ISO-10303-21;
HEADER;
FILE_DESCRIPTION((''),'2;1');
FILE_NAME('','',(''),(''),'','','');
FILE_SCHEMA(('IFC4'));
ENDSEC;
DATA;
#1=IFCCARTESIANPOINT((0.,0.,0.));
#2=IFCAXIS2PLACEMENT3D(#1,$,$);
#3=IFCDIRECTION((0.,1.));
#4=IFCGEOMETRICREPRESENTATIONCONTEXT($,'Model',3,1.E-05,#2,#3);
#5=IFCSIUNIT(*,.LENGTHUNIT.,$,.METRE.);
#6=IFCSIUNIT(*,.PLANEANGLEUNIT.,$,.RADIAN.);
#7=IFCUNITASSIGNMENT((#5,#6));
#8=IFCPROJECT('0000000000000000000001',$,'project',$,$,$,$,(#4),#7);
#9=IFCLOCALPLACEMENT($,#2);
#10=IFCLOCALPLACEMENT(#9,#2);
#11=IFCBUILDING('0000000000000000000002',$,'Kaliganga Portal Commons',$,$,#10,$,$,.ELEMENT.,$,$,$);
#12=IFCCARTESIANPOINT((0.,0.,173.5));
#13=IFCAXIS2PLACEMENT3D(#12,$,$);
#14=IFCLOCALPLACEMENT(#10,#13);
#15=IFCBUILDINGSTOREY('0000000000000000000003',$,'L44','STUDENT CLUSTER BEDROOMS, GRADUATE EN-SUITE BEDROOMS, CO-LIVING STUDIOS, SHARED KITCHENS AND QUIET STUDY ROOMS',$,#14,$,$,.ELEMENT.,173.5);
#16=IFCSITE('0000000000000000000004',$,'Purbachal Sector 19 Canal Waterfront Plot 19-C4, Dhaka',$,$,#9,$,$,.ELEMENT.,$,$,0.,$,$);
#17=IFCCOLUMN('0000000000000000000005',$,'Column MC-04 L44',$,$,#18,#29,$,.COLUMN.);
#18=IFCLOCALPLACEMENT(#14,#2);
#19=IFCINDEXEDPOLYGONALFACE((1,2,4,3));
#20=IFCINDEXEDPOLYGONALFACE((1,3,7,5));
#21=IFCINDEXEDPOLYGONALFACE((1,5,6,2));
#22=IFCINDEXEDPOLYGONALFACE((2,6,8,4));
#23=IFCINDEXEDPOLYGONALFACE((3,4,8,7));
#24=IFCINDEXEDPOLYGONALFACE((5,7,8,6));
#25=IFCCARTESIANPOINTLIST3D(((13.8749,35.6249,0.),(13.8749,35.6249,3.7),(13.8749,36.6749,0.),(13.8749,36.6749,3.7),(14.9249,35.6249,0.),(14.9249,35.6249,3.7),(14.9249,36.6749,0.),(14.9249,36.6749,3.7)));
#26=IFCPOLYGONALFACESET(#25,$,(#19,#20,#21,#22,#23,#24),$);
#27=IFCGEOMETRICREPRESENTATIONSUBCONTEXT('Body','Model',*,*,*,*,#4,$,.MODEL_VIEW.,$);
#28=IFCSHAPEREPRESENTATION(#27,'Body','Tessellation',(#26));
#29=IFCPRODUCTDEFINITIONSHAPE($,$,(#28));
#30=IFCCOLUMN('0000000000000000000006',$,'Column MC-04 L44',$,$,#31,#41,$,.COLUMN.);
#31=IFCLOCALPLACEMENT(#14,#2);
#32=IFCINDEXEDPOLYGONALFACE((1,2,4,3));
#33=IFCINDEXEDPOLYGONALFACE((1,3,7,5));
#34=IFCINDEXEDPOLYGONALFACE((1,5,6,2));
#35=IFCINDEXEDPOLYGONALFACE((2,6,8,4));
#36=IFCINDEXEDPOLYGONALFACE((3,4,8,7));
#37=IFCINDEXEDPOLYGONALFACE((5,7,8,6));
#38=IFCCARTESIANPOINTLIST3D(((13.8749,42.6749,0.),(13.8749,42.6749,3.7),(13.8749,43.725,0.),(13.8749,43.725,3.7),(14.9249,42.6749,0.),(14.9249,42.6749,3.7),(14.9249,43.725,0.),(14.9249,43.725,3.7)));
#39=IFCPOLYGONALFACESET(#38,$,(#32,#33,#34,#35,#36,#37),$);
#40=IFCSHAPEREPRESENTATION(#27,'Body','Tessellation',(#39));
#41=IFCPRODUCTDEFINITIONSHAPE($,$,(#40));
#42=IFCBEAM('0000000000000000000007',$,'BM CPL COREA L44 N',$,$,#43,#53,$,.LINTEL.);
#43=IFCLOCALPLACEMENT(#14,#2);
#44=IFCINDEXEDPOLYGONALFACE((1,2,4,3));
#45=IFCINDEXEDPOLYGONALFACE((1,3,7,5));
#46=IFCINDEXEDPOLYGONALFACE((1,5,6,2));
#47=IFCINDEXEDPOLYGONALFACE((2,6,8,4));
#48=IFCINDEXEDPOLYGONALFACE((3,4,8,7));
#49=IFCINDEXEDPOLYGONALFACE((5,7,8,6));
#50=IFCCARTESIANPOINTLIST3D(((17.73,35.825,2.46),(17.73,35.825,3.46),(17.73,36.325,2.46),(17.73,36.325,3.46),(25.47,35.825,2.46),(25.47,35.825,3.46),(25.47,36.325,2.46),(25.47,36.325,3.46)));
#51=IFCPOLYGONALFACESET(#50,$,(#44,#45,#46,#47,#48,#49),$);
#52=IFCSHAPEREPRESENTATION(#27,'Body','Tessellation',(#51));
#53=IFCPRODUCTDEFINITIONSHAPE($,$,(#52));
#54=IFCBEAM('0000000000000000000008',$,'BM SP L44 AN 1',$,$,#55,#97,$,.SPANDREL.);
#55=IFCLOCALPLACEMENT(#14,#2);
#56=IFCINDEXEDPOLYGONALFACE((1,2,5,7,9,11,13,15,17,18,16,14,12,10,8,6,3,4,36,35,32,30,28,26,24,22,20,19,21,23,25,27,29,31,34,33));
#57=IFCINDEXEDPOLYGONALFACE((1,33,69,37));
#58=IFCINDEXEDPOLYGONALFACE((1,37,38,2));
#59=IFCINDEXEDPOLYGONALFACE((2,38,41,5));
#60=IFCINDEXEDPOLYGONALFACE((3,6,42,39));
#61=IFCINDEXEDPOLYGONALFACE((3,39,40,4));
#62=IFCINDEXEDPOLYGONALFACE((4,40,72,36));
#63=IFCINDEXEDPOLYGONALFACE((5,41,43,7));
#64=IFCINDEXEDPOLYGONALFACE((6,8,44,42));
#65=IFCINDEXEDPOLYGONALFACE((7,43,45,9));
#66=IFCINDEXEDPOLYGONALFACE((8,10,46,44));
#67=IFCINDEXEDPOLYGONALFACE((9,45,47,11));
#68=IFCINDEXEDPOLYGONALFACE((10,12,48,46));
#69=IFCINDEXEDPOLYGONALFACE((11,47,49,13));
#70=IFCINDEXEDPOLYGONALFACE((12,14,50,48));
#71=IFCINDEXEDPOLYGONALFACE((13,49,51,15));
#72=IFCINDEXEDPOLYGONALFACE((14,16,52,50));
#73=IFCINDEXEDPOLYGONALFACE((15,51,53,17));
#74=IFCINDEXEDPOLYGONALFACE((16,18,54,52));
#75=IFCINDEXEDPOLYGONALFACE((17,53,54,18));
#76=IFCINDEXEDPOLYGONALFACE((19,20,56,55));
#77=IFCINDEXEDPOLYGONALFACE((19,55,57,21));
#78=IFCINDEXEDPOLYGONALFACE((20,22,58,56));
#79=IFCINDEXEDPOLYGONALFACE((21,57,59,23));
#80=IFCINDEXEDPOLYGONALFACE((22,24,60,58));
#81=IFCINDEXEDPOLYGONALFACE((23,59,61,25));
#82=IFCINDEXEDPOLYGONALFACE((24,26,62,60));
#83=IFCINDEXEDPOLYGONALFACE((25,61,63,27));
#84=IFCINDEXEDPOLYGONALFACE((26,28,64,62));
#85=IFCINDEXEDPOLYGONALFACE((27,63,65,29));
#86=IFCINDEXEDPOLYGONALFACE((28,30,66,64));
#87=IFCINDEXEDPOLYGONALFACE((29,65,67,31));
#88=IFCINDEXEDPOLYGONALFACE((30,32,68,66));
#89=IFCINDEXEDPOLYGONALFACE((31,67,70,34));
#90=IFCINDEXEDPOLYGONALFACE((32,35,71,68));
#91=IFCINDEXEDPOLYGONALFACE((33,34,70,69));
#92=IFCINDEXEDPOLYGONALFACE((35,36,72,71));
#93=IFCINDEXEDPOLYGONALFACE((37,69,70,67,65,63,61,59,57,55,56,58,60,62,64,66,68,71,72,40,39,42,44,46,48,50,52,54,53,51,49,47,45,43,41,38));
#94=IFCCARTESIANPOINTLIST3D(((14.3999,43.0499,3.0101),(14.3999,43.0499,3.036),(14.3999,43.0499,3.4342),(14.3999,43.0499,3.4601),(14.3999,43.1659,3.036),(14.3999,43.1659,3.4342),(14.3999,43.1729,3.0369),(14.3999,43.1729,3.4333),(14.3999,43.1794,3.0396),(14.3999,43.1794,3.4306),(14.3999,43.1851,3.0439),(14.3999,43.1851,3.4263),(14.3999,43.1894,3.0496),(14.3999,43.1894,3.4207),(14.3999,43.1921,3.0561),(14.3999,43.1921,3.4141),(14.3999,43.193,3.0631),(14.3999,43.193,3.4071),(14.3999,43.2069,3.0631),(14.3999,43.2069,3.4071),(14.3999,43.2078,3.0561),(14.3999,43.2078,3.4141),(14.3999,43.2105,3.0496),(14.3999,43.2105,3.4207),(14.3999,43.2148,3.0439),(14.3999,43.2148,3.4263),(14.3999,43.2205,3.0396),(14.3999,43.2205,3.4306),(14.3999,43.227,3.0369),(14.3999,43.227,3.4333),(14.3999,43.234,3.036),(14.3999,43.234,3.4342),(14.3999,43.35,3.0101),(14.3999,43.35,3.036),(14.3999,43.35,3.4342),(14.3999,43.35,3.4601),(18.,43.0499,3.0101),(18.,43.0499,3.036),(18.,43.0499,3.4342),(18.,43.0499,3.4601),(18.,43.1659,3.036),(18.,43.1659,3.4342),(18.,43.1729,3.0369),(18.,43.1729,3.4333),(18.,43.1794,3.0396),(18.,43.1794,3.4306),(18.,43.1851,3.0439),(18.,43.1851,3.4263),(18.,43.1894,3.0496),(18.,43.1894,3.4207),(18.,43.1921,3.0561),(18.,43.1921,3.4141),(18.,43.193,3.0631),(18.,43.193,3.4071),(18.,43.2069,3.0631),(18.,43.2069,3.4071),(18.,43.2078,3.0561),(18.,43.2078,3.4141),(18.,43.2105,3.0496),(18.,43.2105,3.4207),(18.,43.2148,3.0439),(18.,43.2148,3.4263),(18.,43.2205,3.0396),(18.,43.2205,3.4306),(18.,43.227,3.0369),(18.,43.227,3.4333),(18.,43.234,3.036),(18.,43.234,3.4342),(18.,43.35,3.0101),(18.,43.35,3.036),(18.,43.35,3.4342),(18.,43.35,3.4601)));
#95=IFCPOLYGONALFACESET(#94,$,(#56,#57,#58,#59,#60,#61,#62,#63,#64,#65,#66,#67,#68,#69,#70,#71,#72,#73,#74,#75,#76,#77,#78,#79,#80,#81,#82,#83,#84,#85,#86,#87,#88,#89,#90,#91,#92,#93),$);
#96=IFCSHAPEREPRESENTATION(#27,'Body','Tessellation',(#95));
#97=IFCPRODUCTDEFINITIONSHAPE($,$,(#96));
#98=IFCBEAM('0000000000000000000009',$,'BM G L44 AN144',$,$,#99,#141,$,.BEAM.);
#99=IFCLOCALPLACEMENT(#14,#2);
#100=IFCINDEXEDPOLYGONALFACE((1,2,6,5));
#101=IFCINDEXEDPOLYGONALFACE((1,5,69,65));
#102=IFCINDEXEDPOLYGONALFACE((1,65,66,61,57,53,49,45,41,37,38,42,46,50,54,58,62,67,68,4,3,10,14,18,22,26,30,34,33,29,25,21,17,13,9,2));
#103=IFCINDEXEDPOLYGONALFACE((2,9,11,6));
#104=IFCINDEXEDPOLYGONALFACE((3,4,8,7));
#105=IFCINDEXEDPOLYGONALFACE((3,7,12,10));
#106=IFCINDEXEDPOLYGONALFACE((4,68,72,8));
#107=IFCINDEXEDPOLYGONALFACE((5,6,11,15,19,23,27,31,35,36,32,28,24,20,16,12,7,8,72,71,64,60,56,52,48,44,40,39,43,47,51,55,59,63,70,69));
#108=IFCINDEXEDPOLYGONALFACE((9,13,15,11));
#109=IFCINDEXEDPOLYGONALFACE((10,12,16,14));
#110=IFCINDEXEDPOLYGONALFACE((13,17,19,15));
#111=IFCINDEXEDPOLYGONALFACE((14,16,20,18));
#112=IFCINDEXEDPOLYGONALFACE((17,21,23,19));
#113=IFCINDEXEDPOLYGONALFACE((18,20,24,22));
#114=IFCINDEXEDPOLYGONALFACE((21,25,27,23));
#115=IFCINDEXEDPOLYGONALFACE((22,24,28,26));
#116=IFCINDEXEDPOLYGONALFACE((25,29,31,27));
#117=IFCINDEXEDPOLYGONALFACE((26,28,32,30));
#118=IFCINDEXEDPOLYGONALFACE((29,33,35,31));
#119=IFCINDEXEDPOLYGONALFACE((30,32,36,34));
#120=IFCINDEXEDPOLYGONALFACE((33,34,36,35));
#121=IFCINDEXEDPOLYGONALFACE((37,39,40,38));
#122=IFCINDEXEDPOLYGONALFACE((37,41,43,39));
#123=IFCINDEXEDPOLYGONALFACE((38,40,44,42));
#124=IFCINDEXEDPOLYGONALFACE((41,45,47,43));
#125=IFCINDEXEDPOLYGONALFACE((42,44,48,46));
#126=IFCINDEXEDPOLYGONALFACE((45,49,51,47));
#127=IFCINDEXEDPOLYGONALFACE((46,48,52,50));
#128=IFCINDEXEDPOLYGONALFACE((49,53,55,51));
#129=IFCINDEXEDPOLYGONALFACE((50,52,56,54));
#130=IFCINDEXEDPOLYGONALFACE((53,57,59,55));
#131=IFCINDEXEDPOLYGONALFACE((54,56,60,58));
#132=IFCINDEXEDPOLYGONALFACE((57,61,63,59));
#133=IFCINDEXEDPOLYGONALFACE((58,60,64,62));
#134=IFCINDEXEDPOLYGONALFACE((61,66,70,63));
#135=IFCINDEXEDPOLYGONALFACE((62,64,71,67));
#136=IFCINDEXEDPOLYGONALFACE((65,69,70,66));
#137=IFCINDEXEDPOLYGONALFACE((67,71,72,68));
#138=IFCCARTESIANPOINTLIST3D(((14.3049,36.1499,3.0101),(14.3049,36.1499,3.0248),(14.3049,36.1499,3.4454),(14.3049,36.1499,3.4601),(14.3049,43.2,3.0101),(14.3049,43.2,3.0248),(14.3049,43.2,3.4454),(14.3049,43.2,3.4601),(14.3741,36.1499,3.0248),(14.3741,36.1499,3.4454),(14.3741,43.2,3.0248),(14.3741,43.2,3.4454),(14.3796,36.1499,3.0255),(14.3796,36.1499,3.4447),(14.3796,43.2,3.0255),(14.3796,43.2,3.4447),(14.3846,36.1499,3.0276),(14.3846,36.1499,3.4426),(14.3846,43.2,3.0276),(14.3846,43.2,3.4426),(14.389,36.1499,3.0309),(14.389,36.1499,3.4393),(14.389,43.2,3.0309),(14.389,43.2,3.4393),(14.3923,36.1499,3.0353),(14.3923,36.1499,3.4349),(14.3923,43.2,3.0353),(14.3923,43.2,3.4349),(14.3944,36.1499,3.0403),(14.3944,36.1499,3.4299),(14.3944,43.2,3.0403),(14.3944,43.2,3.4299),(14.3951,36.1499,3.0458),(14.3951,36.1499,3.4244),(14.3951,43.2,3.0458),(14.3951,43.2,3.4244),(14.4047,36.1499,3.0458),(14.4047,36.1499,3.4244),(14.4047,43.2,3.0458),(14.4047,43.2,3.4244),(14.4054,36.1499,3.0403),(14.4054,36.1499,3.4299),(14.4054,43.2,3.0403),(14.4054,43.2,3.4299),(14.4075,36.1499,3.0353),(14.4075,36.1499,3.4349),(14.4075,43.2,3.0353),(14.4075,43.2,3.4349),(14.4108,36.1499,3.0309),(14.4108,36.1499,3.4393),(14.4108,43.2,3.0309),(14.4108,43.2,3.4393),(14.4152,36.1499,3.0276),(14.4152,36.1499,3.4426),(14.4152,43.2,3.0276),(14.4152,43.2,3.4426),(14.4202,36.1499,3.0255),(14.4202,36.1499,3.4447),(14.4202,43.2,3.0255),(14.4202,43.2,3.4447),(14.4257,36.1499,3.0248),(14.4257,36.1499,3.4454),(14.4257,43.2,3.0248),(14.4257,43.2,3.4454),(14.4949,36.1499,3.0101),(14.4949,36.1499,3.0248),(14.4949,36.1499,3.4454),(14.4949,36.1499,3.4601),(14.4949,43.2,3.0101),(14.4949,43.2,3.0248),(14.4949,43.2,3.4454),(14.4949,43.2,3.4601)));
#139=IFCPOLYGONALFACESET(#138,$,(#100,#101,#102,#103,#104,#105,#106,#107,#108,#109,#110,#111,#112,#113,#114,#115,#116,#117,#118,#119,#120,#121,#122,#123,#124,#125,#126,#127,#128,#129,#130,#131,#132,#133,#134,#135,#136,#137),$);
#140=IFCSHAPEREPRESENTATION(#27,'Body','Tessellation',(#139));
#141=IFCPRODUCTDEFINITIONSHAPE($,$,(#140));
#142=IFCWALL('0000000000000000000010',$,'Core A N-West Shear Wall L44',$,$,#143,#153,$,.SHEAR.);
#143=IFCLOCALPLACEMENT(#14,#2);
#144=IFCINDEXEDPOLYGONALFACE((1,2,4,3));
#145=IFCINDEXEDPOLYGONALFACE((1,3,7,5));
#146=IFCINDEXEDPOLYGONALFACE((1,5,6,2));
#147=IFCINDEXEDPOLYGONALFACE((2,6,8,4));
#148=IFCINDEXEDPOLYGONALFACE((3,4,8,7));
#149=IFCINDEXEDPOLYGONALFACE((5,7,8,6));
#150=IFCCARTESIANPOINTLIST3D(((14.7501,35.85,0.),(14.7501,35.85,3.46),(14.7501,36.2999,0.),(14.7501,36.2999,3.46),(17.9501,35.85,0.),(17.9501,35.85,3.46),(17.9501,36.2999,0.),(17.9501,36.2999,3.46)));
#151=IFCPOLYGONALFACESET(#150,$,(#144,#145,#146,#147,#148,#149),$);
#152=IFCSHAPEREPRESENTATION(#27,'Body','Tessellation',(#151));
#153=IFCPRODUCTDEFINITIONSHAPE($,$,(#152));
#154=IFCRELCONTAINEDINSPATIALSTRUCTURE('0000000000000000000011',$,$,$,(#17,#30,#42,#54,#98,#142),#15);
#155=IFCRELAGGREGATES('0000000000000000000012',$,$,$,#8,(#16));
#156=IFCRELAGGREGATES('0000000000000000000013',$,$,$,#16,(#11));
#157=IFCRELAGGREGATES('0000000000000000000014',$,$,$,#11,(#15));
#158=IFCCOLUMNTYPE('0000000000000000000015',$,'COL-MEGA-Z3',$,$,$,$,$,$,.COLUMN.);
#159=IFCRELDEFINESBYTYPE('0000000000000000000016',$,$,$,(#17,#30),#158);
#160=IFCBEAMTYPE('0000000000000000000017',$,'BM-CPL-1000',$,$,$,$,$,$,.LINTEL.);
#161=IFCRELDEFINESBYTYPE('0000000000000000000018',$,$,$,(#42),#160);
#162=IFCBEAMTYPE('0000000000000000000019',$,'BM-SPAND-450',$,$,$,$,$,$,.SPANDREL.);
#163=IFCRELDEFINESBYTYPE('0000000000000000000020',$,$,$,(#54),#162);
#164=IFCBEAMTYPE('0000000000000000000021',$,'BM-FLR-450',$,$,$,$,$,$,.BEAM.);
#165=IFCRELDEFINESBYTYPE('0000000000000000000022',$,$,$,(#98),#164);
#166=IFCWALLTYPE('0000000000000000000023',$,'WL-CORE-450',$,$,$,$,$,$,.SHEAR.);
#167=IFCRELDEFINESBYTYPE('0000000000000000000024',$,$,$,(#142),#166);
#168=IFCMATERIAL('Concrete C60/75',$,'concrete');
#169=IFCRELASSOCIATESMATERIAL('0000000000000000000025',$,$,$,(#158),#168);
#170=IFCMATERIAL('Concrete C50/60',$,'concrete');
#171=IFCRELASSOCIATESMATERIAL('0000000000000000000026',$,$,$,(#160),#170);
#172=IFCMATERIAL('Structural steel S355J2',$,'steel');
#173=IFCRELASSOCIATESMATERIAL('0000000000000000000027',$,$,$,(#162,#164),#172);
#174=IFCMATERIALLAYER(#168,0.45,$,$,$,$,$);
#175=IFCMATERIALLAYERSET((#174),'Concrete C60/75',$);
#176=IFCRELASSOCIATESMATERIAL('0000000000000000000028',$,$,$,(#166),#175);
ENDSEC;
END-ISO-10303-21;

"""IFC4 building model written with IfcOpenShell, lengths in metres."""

from ifc_helpers import new_model, si_unit, direction, frame, frame_2d, origin, origin_2d, place, context, subcontext, project, spatial, rectangle, i_section, extrude, source, transform, mapped, material, layer, layer_set, material_profile, profile_set, type_object, element, save


model = new_model("IFC4")

# Units and contexts
model_context = context("Model", 3, precision=1e-05, world=origin(), true_north=direction((0.0, 1.0)))
body_context = subcontext(model_context, "Body", "Model", "MODEL_VIEW")
ifc_project = project(units=[si_unit("LENGTHUNIT", "METRE"), si_unit("PLANEANGLEUNIT", "RADIAN")], contexts=[model_context])

# Site, building, storey
site_placement = place(None, origin())
site = spatial("IfcSite", under=ifc_project, at=site_placement, Name="Purbachal Sector 19 Canal Waterfront Plot 19-C4, Dhaka", CompositionType="ELEMENT", RefElevation=0.0)
building_placement = place(site_placement, origin())
building = spatial("IfcBuilding", under=site, at=building_placement, Name="Kaliganga Portal Commons", CompositionType="ELEMENT")
storey_placement = place(building_placement, frame((0.0, 0.0, 173.5)))
storey = spatial("IfcBuildingStorey", under=building, at=storey_placement, Name="L44", Description="STUDENT CLUSTER BEDROOMS, GRADUATE EN-SUITE BEDROOMS, CO-LIVING STUDIOS, SHARED KITCHENS AND QUIET STUDY ROOMS", CompositionType="ELEMENT", Elevation=173.5)

# Columns
ifc_material_1 = material(Name="Concrete C60/75", Category="concrete")
ifc_material_profile_1 = material_profile(ifc_material_1, rectangle(XDim=1.05, YDim=1.05, at=origin_2d()), Name="RC 1050x1050")
ifc_profile_set_1 = profile_set([ifc_material_profile_1], Name="Concrete C60/75")
column_type = type_object("IfcColumnType", Name="COL-MEGA-Z3", PredefinedType="COLUMN", material=ifc_profile_set_1)
shared_shape_1 = source(origin(), body_context, "Body", "SweptSolid", [
    extrude(rectangle(XDim=1.05, YDim=1.05, at=origin_2d()), origin(), (0.0, 0.0, 1.0), 3.7),
])
for number, where, z_axis, x_axis, name in (
    (1, (14.3999, 36.1499, 0.0), (0.0, 0.0, 1.0), (1.0, 0.0, 0.0), "Column MC-04 L44"),
    (2, (14.3999, 43.2, 0.0), (0.0, 0.0, 1.0), (1.0, 0.0, 0.0), "Column MC-04 L44"),
):
    element("IfcColumn", number, at=place(storey_placement, frame(where, z_axis=z_axis, x_axis=x_axis)), inside=storey, type_object=column_type, Name=name, PredefinedType="COLUMN", context=body_context, shape_type="MappedRepresentation", body=[
        mapped(shared_shape_1, transform((0.0, 0.0, 0.0), x_axis=(1.0, 0.0, 0.0), y_axis=(0.0, 1.0, 0.0), z_axis=(0.0, 0.0, 1.0), scale=1.0)),
    ])

# Beams
ifc_material_2 = material(Name="Concrete C50/60", Category="concrete")
ifc_material_profile_2 = material_profile(ifc_material_2, rectangle(XDim=0.5, YDim=1.0, at=origin_2d()), Name="RC 500x1000")
ifc_profile_set_2 = profile_set([ifc_material_profile_2], Name="Concrete C50/60")
beam_type_1 = type_object("IfcBeamType", Name="BM-CPL-1000", PredefinedType="LINTEL", material=ifc_profile_set_2)
shared_shape_2 = source(origin(), body_context, "Body", "SweptSolid", [
    extrude(rectangle(XDim=0.5, YDim=1.0, at=origin_2d()), origin(), (0.0, 0.0, 1.0), 7.74),
])
beam_1_placement = place(storey_placement, frame((17.73, 36.075, 2.96), z_axis=(1.0, 0.0, 0.0), x_axis=(0.0, 1.0, 0.0)))
element("IfcBeam", 3, at=beam_1_placement, inside=storey, type_object=beam_type_1, Name="BM CPL COREA L44 N", PredefinedType="LINTEL", context=body_context, shape_type="MappedRepresentation", body=[
    mapped(shared_shape_2, transform((0.0, 0.0, 0.0), x_axis=(1.0, 0.0, 0.0), y_axis=(0.0, 1.0, 0.0), z_axis=(0.0, 0.0, 1.0), scale=1.0)),
])
ifc_material_3 = material(Name="Structural steel S355J2", Category="steel")
ifc_material_profile_3 = material_profile(ifc_material_3, i_section(OverallWidth=0.3, OverallDepth=0.45, WebThickness=0.0139, FlangeThickness=0.0259, FilletRadius=0.0271, at=origin_2d()), Name="HE 450 B")
ifc_profile_set_3 = profile_set([ifc_material_profile_3], Name="Structural steel S355J2 wide-flange")
beam_type_2 = type_object("IfcBeamType", Name="BM-SPAND-450", PredefinedType="SPANDREL", material=ifc_profile_set_3)
shared_shape_3 = source(origin(), body_context, "Body", "SweptSolid", [
    extrude(i_section(OverallWidth=0.3, OverallDepth=0.45, WebThickness=0.0139, FlangeThickness=0.0259, FilletRadius=0.0271, at=origin_2d()), origin(), (0.0, 0.0, 1.0), 3.6001),
])
beam_2_placement = place(storey_placement, frame((14.3999, 43.2, 3.2351), z_axis=(1.0, 0.0, 0.0), x_axis=(0.0, 1.0, 0.0)))
element("IfcBeam", 4, at=beam_2_placement, inside=storey, type_object=beam_type_2, Name="BM SP L44 AN 1", PredefinedType="SPANDREL", context=body_context, shape_type="MappedRepresentation", body=[
    mapped(shared_shape_3, transform((0.0, 0.0, 0.0), x_axis=(1.0, 0.0, 0.0), y_axis=(0.0, 1.0, 0.0), z_axis=(0.0, 0.0, 1.0), scale=1.0)),
])
ifc_material_profile_4 = material_profile(ifc_material_3, i_section(OverallWidth=0.1899, OverallDepth=0.45, WebThickness=0.0095, FlangeThickness=0.0146, FilletRadius=0.021, at=origin_2d()), Name="IPE 450")
ifc_profile_set_4 = profile_set([ifc_material_profile_4], Name="Structural steel S355J2 wide-flange")
beam_type_3 = type_object("IfcBeamType", Name="BM-FLR-450", PredefinedType="BEAM", material=ifc_profile_set_4)
shared_shape_4 = source(origin(), body_context, "Body", "SweptSolid", [
    extrude(i_section(OverallWidth=0.1899, OverallDepth=0.45, WebThickness=0.0095, FlangeThickness=0.0146, FilletRadius=0.021, at=origin_2d()), origin(), (0.0, 0.0, 1.0), 7.05),
])
beam_3_placement = place(storey_placement, frame((14.3999, 36.1499, 3.2351), z_axis=(0.0, 1.0, 0.0), x_axis=(-1.0, 0.0, 0.0)))
element("IfcBeam", 5, at=beam_3_placement, inside=storey, type_object=beam_type_3, Name="BM G L44 AN144", PredefinedType="BEAM", context=body_context, shape_type="MappedRepresentation", body=[
    mapped(shared_shape_4, transform((0.0, 0.0, 0.0), x_axis=(1.0, 0.0, 0.0), y_axis=(0.0, 1.0, 0.0), z_axis=(0.0, 0.0, 1.0), scale=1.0)),
])

# Wall
ifc_layer_1 = layer(ifc_material_1, 0.45)
ifc_layer_set_1 = layer_set([ifc_layer_1], Name="Concrete C60/75")
wall_type_1 = type_object("IfcWallType", Name="WL-CORE-450", PredefinedType="SHEAR", material=ifc_layer_set_1)
wall_1_placement = place(storey_placement, frame((14.75, 36.075, 0.0), z_axis=(0.0, 0.0, 1.0), x_axis=(1.0, 0.0, 0.0)))
element("IfcWall", 6, at=wall_1_placement, inside=storey, type_object=wall_type_1, Name="Core A N-West Shear Wall L44", PredefinedType="SHEAR", context=body_context, shape_type="SweptSolid", body=[
    extrude(rectangle(XDim=3.2, YDim=0.45, at=frame_2d((1.6001, 0.0))), origin(), (0.0, 0.0, 1.0), 3.46),
])

save(model, "model.ifc")
